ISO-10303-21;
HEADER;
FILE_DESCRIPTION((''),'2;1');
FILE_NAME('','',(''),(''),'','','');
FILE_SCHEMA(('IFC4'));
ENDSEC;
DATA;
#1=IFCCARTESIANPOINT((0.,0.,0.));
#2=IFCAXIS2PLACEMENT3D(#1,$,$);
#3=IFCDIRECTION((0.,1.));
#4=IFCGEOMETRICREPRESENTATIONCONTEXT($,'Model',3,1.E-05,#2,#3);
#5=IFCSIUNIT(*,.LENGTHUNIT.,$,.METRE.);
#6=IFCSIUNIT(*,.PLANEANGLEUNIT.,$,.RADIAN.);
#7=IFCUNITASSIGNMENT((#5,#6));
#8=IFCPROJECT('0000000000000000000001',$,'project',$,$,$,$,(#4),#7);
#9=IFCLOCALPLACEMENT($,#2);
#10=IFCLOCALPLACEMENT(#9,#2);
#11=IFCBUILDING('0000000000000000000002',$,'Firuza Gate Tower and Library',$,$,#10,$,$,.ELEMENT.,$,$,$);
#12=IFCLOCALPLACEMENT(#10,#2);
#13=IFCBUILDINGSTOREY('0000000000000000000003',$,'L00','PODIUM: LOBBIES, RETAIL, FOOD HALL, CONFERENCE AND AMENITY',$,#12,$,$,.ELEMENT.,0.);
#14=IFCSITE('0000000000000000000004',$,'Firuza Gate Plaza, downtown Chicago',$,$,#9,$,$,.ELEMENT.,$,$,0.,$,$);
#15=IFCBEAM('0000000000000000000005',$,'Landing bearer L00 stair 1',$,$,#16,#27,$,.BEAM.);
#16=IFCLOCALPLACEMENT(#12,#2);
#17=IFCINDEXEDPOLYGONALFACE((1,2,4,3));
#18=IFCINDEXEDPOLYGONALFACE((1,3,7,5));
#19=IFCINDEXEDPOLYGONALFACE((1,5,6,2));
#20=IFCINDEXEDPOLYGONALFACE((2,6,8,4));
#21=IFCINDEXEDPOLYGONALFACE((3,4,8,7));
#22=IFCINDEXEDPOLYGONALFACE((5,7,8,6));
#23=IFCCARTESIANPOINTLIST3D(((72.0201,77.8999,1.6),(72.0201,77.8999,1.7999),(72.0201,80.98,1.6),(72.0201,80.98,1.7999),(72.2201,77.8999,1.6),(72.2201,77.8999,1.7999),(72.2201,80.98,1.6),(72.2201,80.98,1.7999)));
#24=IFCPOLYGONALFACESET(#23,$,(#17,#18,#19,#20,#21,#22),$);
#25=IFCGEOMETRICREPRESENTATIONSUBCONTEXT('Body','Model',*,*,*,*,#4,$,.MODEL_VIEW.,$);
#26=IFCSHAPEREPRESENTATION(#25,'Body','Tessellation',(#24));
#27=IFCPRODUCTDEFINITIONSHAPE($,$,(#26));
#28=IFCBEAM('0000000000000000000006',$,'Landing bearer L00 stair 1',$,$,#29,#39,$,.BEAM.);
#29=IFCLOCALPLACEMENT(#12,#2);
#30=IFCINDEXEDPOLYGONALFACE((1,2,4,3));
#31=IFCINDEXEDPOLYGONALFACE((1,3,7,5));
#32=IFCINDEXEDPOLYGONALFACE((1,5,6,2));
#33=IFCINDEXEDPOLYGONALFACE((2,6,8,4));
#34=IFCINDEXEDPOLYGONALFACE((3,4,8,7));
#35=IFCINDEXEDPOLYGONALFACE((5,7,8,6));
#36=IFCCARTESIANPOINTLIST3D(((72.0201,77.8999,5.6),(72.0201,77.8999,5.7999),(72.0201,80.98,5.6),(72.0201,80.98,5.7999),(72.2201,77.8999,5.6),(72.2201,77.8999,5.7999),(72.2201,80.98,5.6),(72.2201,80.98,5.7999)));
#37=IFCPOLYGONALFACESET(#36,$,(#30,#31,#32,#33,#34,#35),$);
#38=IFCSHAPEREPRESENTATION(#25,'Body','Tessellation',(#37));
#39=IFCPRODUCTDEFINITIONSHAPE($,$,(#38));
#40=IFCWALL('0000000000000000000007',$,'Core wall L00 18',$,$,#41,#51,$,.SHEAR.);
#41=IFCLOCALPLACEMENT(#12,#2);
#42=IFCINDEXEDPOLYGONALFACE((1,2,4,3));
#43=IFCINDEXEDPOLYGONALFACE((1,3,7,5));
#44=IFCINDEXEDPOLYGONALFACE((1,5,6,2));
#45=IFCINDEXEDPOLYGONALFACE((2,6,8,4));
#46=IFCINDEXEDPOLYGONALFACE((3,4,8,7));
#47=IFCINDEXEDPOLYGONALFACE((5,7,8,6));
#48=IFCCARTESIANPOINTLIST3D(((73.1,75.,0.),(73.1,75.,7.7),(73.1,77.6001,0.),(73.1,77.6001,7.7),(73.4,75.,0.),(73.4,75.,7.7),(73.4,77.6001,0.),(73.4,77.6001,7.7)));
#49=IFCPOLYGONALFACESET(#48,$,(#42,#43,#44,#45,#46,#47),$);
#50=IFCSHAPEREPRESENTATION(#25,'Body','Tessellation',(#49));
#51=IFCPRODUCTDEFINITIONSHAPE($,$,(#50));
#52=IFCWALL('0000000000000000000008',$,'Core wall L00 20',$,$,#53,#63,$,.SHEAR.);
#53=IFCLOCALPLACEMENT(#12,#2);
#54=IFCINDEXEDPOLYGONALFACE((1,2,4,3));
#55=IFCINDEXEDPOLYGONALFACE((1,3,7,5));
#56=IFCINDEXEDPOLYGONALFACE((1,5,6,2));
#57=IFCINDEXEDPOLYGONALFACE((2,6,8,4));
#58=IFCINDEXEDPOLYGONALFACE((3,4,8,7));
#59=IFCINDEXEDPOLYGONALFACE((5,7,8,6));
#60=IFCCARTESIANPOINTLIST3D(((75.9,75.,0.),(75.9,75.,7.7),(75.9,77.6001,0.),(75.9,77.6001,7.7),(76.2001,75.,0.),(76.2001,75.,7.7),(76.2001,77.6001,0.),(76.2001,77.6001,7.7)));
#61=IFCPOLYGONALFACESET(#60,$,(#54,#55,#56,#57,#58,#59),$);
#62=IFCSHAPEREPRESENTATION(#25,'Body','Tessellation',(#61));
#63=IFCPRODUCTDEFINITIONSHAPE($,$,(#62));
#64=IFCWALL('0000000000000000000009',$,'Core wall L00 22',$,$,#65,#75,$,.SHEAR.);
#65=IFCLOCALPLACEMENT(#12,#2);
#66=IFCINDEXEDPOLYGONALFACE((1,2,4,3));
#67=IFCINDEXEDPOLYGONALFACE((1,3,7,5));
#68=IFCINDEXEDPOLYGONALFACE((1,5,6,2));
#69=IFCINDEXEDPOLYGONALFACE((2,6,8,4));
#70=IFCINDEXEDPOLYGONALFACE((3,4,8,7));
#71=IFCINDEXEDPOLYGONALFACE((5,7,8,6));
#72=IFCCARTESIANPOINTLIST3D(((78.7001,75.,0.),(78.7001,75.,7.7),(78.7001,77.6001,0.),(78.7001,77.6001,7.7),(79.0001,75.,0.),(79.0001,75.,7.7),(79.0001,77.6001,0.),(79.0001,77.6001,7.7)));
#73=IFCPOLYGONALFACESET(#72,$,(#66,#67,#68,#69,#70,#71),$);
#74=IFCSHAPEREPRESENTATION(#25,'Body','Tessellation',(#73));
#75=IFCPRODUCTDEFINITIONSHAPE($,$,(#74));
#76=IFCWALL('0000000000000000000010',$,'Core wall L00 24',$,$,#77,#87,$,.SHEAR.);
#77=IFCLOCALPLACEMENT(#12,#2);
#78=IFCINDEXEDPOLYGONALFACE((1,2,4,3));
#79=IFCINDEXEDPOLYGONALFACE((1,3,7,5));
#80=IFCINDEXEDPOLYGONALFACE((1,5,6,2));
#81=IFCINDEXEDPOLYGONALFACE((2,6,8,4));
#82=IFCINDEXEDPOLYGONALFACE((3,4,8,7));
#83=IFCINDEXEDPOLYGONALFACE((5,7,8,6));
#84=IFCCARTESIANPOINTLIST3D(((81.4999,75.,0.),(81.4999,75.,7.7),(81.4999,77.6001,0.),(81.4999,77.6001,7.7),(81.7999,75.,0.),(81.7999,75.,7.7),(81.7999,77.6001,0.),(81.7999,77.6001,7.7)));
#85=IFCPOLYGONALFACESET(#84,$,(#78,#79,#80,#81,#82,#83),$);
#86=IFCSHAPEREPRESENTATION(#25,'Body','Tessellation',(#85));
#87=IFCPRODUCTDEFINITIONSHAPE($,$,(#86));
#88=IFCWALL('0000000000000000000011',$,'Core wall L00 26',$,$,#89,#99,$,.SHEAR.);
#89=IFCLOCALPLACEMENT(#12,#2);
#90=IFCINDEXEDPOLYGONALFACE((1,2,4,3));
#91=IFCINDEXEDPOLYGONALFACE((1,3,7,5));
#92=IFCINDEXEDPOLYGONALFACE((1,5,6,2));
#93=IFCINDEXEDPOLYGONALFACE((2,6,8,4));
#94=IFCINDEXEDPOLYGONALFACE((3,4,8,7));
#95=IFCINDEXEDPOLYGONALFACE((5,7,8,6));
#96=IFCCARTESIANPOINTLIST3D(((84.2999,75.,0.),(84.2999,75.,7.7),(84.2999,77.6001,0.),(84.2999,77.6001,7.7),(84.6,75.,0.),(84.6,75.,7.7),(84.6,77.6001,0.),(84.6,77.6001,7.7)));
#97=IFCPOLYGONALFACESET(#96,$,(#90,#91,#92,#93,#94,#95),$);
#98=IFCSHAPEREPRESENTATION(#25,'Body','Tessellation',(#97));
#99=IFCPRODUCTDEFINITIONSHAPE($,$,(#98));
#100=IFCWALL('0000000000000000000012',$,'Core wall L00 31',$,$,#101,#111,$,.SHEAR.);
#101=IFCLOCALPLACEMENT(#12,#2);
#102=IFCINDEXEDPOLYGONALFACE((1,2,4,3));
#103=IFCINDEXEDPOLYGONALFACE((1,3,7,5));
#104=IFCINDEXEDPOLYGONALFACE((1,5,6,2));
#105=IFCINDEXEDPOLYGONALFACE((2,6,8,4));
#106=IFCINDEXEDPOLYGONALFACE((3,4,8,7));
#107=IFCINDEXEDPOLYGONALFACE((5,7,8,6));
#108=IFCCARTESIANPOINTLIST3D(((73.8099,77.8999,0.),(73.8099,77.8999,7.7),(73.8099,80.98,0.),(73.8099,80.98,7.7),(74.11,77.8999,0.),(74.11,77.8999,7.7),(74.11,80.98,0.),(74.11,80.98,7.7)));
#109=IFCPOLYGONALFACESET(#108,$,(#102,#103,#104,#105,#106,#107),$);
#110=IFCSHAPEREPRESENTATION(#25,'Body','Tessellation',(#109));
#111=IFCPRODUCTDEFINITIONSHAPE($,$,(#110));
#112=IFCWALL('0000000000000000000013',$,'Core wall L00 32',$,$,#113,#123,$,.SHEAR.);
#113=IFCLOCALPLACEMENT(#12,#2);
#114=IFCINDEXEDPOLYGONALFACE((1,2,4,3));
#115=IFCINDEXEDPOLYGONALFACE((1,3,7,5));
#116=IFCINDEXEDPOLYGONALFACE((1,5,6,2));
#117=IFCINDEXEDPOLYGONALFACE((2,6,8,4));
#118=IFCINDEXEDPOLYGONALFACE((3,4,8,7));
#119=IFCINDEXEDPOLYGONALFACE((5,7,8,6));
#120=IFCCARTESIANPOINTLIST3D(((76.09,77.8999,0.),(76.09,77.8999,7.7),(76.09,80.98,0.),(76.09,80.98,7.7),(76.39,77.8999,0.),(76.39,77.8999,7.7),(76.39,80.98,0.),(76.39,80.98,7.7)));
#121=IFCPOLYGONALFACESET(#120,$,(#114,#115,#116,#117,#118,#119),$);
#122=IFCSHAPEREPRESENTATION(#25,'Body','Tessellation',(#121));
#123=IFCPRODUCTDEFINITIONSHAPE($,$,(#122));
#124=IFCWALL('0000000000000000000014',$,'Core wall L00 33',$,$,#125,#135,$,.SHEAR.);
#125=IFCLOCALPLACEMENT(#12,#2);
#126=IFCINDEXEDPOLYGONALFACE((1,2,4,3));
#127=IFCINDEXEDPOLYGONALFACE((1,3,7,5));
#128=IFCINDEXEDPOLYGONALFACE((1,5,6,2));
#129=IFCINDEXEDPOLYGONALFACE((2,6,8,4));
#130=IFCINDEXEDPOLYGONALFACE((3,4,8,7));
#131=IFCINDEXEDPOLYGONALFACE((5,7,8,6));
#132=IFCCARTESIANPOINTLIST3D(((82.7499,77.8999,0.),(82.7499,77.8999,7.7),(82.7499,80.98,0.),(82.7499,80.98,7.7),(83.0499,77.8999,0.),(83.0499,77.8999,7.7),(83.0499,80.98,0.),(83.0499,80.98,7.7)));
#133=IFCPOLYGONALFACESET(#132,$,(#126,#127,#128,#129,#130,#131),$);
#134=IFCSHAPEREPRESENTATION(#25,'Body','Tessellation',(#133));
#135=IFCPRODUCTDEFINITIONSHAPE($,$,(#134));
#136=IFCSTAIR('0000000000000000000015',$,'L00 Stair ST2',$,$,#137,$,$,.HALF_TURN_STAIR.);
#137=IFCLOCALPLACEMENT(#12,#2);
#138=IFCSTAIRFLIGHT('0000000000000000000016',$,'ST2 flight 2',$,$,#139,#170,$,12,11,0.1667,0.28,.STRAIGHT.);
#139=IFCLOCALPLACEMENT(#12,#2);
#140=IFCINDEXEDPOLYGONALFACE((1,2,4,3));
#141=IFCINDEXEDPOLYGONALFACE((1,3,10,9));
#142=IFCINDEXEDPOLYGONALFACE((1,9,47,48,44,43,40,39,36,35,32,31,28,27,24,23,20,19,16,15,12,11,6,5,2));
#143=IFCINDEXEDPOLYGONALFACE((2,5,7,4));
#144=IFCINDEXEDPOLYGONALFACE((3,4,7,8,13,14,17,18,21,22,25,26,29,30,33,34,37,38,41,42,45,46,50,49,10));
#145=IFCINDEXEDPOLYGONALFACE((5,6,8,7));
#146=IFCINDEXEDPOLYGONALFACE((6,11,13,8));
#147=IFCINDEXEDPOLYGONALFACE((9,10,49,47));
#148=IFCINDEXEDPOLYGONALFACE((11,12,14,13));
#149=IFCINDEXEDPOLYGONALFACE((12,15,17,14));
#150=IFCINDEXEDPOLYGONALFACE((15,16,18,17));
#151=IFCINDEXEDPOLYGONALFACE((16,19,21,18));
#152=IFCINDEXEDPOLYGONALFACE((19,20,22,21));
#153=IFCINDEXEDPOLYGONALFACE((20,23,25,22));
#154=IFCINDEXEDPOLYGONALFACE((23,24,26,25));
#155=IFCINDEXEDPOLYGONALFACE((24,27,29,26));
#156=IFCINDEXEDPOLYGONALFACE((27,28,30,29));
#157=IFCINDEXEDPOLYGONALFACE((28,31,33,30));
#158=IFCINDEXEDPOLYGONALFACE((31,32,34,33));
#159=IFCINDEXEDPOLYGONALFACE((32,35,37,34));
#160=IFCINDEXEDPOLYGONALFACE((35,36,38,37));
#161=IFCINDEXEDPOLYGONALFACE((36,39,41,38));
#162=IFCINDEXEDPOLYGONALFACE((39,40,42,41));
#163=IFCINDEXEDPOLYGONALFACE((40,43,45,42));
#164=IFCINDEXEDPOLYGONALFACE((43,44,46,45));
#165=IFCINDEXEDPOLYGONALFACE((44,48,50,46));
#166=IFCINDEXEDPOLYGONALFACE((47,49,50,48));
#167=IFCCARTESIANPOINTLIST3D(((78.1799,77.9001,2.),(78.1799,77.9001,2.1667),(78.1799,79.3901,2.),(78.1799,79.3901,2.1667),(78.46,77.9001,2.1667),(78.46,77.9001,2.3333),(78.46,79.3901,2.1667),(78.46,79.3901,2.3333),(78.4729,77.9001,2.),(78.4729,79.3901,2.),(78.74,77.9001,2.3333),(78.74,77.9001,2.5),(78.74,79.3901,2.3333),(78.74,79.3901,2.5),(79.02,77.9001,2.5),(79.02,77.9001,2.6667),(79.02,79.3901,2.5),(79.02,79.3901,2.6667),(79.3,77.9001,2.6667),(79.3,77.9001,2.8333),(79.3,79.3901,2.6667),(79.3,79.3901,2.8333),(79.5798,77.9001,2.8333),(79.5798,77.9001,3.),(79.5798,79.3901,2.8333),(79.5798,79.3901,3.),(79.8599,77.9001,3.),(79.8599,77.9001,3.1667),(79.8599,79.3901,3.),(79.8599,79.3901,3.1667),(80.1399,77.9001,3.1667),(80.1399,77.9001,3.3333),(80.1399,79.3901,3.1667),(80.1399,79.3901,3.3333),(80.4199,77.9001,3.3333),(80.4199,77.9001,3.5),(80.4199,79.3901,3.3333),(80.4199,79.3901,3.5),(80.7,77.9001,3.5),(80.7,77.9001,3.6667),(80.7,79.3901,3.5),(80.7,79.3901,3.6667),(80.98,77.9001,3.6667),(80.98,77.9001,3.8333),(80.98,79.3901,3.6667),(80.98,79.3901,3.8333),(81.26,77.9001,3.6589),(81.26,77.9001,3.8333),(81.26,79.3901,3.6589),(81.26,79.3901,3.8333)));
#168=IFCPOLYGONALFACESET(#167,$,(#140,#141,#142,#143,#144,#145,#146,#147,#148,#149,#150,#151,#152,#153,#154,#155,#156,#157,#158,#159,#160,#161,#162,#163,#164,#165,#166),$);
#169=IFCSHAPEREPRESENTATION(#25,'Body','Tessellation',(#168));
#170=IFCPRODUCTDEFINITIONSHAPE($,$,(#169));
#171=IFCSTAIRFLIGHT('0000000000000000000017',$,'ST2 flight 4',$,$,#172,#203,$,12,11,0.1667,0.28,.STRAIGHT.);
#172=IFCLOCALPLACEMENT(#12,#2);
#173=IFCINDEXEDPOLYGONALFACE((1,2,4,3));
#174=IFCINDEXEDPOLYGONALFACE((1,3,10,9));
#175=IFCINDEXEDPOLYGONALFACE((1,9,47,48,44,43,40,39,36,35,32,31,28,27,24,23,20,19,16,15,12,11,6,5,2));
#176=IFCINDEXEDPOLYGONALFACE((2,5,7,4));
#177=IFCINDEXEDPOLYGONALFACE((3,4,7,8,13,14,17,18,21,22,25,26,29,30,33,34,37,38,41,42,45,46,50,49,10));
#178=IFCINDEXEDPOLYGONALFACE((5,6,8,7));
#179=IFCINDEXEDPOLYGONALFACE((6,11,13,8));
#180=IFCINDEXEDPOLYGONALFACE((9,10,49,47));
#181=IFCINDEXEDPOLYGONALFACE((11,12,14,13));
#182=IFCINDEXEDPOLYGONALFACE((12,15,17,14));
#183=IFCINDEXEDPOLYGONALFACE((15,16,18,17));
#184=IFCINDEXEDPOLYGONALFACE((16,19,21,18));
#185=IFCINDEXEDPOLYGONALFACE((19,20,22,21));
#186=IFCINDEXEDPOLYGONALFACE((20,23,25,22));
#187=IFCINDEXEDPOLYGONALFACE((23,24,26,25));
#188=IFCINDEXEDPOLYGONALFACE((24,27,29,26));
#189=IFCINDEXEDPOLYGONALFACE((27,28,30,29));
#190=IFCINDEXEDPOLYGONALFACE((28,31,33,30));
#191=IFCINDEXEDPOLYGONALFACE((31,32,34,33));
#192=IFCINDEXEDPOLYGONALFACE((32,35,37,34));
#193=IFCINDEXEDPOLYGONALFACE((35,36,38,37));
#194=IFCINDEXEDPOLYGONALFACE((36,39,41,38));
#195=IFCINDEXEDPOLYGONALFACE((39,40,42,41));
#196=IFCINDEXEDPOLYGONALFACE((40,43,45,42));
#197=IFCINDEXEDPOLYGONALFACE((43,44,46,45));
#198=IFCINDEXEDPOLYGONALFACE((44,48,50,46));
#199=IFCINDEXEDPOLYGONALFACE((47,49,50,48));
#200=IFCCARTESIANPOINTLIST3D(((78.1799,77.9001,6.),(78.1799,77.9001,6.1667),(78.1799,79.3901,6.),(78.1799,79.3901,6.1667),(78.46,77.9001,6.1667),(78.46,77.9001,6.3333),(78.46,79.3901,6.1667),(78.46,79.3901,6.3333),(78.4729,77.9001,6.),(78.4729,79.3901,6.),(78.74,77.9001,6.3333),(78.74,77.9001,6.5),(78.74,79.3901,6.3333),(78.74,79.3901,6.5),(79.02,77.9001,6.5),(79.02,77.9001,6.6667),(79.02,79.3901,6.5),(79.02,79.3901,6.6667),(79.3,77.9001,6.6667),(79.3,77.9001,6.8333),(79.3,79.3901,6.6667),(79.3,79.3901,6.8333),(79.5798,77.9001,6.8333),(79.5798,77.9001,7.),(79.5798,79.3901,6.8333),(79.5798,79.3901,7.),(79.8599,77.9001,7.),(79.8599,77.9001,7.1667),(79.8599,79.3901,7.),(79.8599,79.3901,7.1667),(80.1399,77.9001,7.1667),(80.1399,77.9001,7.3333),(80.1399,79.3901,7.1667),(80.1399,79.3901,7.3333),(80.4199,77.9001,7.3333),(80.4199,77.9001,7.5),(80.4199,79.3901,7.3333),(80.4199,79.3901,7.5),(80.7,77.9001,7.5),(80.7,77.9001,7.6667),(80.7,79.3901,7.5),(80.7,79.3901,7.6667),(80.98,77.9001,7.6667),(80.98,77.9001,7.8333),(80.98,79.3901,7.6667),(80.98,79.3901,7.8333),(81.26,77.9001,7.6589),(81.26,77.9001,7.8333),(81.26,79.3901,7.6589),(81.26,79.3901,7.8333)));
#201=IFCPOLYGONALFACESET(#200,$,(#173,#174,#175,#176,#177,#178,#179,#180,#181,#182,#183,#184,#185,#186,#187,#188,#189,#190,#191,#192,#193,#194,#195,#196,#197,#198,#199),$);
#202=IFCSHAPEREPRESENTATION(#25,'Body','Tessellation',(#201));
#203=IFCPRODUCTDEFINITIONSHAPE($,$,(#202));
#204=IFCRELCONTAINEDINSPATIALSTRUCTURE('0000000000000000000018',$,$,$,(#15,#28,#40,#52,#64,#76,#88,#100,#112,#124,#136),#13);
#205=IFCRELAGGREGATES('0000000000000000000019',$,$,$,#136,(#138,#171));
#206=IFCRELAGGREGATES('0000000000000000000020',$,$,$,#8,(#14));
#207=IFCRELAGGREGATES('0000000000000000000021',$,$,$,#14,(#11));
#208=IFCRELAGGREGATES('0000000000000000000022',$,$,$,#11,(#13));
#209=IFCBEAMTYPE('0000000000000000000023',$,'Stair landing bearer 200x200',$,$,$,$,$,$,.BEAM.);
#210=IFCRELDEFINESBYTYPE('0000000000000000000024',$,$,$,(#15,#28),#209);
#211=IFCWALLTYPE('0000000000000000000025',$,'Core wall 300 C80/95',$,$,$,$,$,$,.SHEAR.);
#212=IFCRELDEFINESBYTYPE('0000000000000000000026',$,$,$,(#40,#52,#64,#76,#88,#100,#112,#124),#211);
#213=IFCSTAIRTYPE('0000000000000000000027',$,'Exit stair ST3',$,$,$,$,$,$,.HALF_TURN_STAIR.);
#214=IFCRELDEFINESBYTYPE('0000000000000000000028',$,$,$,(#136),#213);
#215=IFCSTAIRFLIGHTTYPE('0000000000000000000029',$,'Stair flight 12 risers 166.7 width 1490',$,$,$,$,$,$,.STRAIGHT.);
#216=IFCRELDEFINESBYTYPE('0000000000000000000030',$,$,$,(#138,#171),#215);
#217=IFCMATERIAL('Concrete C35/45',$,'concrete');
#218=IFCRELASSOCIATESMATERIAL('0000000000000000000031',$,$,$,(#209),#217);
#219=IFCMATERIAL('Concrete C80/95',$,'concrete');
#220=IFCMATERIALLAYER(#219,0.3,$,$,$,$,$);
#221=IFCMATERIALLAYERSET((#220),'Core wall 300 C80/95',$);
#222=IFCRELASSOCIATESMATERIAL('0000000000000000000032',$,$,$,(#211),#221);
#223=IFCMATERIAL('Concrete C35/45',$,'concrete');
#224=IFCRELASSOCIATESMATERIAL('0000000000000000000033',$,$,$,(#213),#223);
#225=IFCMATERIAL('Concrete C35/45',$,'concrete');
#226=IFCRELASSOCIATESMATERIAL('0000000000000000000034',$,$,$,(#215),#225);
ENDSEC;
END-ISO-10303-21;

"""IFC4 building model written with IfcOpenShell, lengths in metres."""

from ifc_helpers import new_model, si_unit, direction, frame, frame_2d, origin, origin_2d, place, context, subcontext, project, spatial, polyline, rectangle, outline, extrude, material, layer, layer_set, material_profile, profile_set, type_object, element, aggregate, save


model = new_model("IFC4")

# Units and contexts
model_context = context("Model", 3, precision=1e-05, world=origin(), true_north=direction((0.0, 1.0)))
body_context = subcontext(model_context, "Body", "Model", "MODEL_VIEW")
ifc_project = project(units=[si_unit("LENGTHUNIT", "METRE"), si_unit("PLANEANGLEUNIT", "RADIAN")], contexts=[model_context])

# Site, building, storey
site_placement = place(None, origin())
site = spatial("IfcSite", under=ifc_project, at=site_placement, Name="Firuza Gate Plaza, downtown Chicago", CompositionType="ELEMENT", RefElevation=0.0)
building_placement = place(site_placement, origin())
building = spatial("IfcBuilding", under=site, at=building_placement, Name="Firuza Gate Tower and Library", CompositionType="ELEMENT")
storey_placement = place(building_placement, origin())
storey = spatial("IfcBuildingStorey", under=building, at=storey_placement, Name="L00", Description="PODIUM: LOBBIES, RETAIL, FOOD HALL, CONFERENCE AND AMENITY", CompositionType="ELEMENT", Elevation=0.0)

# Beams
ifc_material_1 = material(Name="Concrete C35/45", Category="concrete")
ifc_material_profile = material_profile(ifc_material_1, rectangle(XDim=0.2, YDim=0.2, at=origin_2d()))
ifc_profile_set = profile_set([ifc_material_profile], Name="Concrete C35/45")
beam_type = type_object("IfcBeamType", Name="Stair landing bearer 200x200", PredefinedType="BEAM", material=ifc_profile_set)
for number, where, z_axis, x_axis, name in (
    (1, (72.1201, 77.8999, 1.7), (0.0, 1.0, 0.0), (-1.0, 0.0, 0.0), "Landing bearer L00 stair 1"),
    (2, (72.1201, 77.8999, 5.7), (0.0, 1.0, 0.0), (-1.0, 0.0, 0.0), "Landing bearer L00 stair 1"),
):
    element("IfcBeam", number, at=place(storey_placement, frame(where, z_axis=z_axis, x_axis=x_axis)), inside=storey, type_object=beam_type, Name=name, PredefinedType="BEAM", context=body_context, shape_type="SweptSolid", body=[
        extrude(rectangle(XDim=0.2, YDim=0.2, at=origin_2d()), origin(), (0.0, 0.0, 1.0), 3.0801),
    ])

# Walls
ifc_material_2 = material(Name="Concrete C80/95", Category="concrete")
ifc_layer = layer(ifc_material_2, 0.3)
ifc_layer_set = layer_set([ifc_layer], Name="Core wall 300 C80/95")
wall_type = type_object("IfcWallType", Name="Core wall 300 C80/95", PredefinedType="SHEAR", material=ifc_layer_set)
for number, where, z_axis, x_axis, name in (
    (3, (73.25, 75.0, 0.0), (0.0, 0.0, 1.0), (0.0, 1.0, 0.0), "Core wall L00 18"),
    (4, (76.05, 75.0, 0.0), (0.0, 0.0, 1.0), (0.0, 1.0, 0.0), "Core wall L00 20"),
    (5, (78.8501, 75.0, 0.0), (0.0, 0.0, 1.0), (0.0, 1.0, 0.0), "Core wall L00 22"),
    (6, (81.6499, 75.0, 0.0), (0.0, 0.0, 1.0), (0.0, 1.0, 0.0), "Core wall L00 24"),
    (7, (84.45, 75.0, 0.0), (0.0, 0.0, 1.0), (0.0, 1.0, 0.0), "Core wall L00 26"),
):
    element("IfcWall", number, at=place(storey_placement, frame(where, z_axis=z_axis, x_axis=x_axis)), inside=storey, type_object=wall_type, Name=name, PredefinedType="SHEAR", context=body_context, shape_type="SweptSolid", body=[
        extrude(rectangle(XDim=2.6001, YDim=0.3, at=frame_2d((1.3, 0.0))), origin(), (0.0, 0.0, 1.0), 7.7),
    ])
for number, where, z_axis, x_axis, name in (
    (8, (73.96, 77.8999, 0.0), (0.0, 0.0, 1.0), (0.0, 1.0, 0.0), "Core wall L00 31"),
    (9, (76.24, 77.8999, 0.0), (0.0, 0.0, 1.0), (0.0, 1.0, 0.0), "Core wall L00 32"),
    (10, (82.8999, 77.8999, 0.0), (0.0, 0.0, 1.0), (0.0, 1.0, 0.0), "Core wall L00 33"),
):
    element("IfcWall", number, at=place(storey_placement, frame(where, z_axis=z_axis, x_axis=x_axis)), inside=storey, type_object=wall_type, Name=name, PredefinedType="SHEAR", context=body_context, shape_type="SweptSolid", body=[
        extrude(rectangle(XDim=3.0801, YDim=0.3, at=frame_2d((1.54, 0.0))), origin(), (0.0, 0.0, 1.0), 7.7),
    ])

# Stair, stair flights
ifc_material_3 = material(Name="Concrete C35/45", Category="concrete")
stair_type = type_object("IfcStairType", Name="Exit stair ST3", PredefinedType="HALF_TURN_STAIR", material=ifc_material_3)
stair_placement = place(storey_placement, origin())
stair = element("IfcStair", 11, at=stair_placement, inside=storey, type_object=stair_type, Name="L00 Stair ST2", PredefinedType="HALF_TURN_STAIR")
ifc_material_4 = material(Name="Concrete C35/45", Category="concrete")
stair_flight_type = type_object("IfcStairFlightType", Name="Stair flight 12 risers 166.7 width 1490", PredefinedType="STRAIGHT", material=ifc_material_4)
stair_flight_1_placement = place(storey_placement, frame((78.1799, 78.645, 2.0), z_axis=(0.0, 0.0, 1.0), x_axis=(1.0, 0.0, 0.0)))
stair_flight_1 = element("IfcStairFlight", 12, at=stair_flight_1_placement, type_object=stair_flight_type, Name="ST2 flight 2", NumberOfRisers=12, NumberOfTreads=11, PredefinedType="STRAIGHT", RiserHeight=0.1667, TreadLength=0.28, context=body_context, shape_type="SweptSolid", body=[
    extrude(outline(polyline([(0.0, 0.0), (0.0, 0.1667), (0.28, 0.1667), (0.28, 0.3333), (0.5601, 0.3333), (0.5601, 0.5), (0.8401, 0.5), (0.8401, 0.6667), (1.1201, 0.6667), (1.1201, 0.8333), (1.3999, 0.8333), (1.3999, 1.0), (1.6799, 1.0), (1.6799, 1.1667), (1.96, 1.1667), (1.96, 1.3333), (2.24, 1.3333), (2.24, 1.5), (2.52, 1.5), (2.52, 1.6667), (2.8, 1.6667), (2.8, 1.8333), (3.0801, 1.8333), (3.0801, 2.0), (3.0801, 1.6589), (0.293, 0.0), (0.0, 0.0)])), frame((0.0, 0.7451, 0.0), z_axis=(0.0, -1.0, 0.0), x_axis=(1.0, 0.0, 0.0)), (0.0, 0.0, 1.0), 1.49),
])
stair_flight_2_placement = place(storey_placement, frame((78.1799, 78.645, 6.0), z_axis=(0.0, 0.0, 1.0), x_axis=(1.0, 0.0, 0.0)))
stair_flight_2 = element("IfcStairFlight", 13, at=stair_flight_2_placement, type_object=stair_flight_type, Name="ST2 flight 4", NumberOfRisers=12, NumberOfTreads=11, PredefinedType="STRAIGHT", RiserHeight=0.1667, TreadLength=0.28, context=body_context, shape_type="SweptSolid", body=[
    extrude(outline(polyline([(0.0, 0.0), (0.0, 0.1667), (0.28, 0.1667), (0.28, 0.3333), (0.5601, 0.3333), (0.5601, 0.5), (0.8401, 0.5), (0.8401, 0.6667), (1.1201, 0.6667), (1.1201, 0.8333), (1.3999, 0.8333), (1.3999, 1.0), (1.6799, 1.0), (1.6799, 1.1667), (1.96, 1.1667), (1.96, 1.3333), (2.24, 1.3333), (2.24, 1.5), (2.52, 1.5), (2.52, 1.6667), (2.8, 1.6667), (2.8, 1.8333), (3.0801, 1.8333), (3.0801, 2.0), (3.0801, 1.6589), (0.293, 0.0), (0.0, 0.0)])), frame((0.0, 0.7451, 0.0), z_axis=(0.0, -1.0, 0.0), x_axis=(1.0, 0.0, 0.0)), (0.0, 0.0, 1.0), 1.49),
])
aggregate(stair, [stair_flight_1, stair_flight_2])

save(model, "model.ifc")
